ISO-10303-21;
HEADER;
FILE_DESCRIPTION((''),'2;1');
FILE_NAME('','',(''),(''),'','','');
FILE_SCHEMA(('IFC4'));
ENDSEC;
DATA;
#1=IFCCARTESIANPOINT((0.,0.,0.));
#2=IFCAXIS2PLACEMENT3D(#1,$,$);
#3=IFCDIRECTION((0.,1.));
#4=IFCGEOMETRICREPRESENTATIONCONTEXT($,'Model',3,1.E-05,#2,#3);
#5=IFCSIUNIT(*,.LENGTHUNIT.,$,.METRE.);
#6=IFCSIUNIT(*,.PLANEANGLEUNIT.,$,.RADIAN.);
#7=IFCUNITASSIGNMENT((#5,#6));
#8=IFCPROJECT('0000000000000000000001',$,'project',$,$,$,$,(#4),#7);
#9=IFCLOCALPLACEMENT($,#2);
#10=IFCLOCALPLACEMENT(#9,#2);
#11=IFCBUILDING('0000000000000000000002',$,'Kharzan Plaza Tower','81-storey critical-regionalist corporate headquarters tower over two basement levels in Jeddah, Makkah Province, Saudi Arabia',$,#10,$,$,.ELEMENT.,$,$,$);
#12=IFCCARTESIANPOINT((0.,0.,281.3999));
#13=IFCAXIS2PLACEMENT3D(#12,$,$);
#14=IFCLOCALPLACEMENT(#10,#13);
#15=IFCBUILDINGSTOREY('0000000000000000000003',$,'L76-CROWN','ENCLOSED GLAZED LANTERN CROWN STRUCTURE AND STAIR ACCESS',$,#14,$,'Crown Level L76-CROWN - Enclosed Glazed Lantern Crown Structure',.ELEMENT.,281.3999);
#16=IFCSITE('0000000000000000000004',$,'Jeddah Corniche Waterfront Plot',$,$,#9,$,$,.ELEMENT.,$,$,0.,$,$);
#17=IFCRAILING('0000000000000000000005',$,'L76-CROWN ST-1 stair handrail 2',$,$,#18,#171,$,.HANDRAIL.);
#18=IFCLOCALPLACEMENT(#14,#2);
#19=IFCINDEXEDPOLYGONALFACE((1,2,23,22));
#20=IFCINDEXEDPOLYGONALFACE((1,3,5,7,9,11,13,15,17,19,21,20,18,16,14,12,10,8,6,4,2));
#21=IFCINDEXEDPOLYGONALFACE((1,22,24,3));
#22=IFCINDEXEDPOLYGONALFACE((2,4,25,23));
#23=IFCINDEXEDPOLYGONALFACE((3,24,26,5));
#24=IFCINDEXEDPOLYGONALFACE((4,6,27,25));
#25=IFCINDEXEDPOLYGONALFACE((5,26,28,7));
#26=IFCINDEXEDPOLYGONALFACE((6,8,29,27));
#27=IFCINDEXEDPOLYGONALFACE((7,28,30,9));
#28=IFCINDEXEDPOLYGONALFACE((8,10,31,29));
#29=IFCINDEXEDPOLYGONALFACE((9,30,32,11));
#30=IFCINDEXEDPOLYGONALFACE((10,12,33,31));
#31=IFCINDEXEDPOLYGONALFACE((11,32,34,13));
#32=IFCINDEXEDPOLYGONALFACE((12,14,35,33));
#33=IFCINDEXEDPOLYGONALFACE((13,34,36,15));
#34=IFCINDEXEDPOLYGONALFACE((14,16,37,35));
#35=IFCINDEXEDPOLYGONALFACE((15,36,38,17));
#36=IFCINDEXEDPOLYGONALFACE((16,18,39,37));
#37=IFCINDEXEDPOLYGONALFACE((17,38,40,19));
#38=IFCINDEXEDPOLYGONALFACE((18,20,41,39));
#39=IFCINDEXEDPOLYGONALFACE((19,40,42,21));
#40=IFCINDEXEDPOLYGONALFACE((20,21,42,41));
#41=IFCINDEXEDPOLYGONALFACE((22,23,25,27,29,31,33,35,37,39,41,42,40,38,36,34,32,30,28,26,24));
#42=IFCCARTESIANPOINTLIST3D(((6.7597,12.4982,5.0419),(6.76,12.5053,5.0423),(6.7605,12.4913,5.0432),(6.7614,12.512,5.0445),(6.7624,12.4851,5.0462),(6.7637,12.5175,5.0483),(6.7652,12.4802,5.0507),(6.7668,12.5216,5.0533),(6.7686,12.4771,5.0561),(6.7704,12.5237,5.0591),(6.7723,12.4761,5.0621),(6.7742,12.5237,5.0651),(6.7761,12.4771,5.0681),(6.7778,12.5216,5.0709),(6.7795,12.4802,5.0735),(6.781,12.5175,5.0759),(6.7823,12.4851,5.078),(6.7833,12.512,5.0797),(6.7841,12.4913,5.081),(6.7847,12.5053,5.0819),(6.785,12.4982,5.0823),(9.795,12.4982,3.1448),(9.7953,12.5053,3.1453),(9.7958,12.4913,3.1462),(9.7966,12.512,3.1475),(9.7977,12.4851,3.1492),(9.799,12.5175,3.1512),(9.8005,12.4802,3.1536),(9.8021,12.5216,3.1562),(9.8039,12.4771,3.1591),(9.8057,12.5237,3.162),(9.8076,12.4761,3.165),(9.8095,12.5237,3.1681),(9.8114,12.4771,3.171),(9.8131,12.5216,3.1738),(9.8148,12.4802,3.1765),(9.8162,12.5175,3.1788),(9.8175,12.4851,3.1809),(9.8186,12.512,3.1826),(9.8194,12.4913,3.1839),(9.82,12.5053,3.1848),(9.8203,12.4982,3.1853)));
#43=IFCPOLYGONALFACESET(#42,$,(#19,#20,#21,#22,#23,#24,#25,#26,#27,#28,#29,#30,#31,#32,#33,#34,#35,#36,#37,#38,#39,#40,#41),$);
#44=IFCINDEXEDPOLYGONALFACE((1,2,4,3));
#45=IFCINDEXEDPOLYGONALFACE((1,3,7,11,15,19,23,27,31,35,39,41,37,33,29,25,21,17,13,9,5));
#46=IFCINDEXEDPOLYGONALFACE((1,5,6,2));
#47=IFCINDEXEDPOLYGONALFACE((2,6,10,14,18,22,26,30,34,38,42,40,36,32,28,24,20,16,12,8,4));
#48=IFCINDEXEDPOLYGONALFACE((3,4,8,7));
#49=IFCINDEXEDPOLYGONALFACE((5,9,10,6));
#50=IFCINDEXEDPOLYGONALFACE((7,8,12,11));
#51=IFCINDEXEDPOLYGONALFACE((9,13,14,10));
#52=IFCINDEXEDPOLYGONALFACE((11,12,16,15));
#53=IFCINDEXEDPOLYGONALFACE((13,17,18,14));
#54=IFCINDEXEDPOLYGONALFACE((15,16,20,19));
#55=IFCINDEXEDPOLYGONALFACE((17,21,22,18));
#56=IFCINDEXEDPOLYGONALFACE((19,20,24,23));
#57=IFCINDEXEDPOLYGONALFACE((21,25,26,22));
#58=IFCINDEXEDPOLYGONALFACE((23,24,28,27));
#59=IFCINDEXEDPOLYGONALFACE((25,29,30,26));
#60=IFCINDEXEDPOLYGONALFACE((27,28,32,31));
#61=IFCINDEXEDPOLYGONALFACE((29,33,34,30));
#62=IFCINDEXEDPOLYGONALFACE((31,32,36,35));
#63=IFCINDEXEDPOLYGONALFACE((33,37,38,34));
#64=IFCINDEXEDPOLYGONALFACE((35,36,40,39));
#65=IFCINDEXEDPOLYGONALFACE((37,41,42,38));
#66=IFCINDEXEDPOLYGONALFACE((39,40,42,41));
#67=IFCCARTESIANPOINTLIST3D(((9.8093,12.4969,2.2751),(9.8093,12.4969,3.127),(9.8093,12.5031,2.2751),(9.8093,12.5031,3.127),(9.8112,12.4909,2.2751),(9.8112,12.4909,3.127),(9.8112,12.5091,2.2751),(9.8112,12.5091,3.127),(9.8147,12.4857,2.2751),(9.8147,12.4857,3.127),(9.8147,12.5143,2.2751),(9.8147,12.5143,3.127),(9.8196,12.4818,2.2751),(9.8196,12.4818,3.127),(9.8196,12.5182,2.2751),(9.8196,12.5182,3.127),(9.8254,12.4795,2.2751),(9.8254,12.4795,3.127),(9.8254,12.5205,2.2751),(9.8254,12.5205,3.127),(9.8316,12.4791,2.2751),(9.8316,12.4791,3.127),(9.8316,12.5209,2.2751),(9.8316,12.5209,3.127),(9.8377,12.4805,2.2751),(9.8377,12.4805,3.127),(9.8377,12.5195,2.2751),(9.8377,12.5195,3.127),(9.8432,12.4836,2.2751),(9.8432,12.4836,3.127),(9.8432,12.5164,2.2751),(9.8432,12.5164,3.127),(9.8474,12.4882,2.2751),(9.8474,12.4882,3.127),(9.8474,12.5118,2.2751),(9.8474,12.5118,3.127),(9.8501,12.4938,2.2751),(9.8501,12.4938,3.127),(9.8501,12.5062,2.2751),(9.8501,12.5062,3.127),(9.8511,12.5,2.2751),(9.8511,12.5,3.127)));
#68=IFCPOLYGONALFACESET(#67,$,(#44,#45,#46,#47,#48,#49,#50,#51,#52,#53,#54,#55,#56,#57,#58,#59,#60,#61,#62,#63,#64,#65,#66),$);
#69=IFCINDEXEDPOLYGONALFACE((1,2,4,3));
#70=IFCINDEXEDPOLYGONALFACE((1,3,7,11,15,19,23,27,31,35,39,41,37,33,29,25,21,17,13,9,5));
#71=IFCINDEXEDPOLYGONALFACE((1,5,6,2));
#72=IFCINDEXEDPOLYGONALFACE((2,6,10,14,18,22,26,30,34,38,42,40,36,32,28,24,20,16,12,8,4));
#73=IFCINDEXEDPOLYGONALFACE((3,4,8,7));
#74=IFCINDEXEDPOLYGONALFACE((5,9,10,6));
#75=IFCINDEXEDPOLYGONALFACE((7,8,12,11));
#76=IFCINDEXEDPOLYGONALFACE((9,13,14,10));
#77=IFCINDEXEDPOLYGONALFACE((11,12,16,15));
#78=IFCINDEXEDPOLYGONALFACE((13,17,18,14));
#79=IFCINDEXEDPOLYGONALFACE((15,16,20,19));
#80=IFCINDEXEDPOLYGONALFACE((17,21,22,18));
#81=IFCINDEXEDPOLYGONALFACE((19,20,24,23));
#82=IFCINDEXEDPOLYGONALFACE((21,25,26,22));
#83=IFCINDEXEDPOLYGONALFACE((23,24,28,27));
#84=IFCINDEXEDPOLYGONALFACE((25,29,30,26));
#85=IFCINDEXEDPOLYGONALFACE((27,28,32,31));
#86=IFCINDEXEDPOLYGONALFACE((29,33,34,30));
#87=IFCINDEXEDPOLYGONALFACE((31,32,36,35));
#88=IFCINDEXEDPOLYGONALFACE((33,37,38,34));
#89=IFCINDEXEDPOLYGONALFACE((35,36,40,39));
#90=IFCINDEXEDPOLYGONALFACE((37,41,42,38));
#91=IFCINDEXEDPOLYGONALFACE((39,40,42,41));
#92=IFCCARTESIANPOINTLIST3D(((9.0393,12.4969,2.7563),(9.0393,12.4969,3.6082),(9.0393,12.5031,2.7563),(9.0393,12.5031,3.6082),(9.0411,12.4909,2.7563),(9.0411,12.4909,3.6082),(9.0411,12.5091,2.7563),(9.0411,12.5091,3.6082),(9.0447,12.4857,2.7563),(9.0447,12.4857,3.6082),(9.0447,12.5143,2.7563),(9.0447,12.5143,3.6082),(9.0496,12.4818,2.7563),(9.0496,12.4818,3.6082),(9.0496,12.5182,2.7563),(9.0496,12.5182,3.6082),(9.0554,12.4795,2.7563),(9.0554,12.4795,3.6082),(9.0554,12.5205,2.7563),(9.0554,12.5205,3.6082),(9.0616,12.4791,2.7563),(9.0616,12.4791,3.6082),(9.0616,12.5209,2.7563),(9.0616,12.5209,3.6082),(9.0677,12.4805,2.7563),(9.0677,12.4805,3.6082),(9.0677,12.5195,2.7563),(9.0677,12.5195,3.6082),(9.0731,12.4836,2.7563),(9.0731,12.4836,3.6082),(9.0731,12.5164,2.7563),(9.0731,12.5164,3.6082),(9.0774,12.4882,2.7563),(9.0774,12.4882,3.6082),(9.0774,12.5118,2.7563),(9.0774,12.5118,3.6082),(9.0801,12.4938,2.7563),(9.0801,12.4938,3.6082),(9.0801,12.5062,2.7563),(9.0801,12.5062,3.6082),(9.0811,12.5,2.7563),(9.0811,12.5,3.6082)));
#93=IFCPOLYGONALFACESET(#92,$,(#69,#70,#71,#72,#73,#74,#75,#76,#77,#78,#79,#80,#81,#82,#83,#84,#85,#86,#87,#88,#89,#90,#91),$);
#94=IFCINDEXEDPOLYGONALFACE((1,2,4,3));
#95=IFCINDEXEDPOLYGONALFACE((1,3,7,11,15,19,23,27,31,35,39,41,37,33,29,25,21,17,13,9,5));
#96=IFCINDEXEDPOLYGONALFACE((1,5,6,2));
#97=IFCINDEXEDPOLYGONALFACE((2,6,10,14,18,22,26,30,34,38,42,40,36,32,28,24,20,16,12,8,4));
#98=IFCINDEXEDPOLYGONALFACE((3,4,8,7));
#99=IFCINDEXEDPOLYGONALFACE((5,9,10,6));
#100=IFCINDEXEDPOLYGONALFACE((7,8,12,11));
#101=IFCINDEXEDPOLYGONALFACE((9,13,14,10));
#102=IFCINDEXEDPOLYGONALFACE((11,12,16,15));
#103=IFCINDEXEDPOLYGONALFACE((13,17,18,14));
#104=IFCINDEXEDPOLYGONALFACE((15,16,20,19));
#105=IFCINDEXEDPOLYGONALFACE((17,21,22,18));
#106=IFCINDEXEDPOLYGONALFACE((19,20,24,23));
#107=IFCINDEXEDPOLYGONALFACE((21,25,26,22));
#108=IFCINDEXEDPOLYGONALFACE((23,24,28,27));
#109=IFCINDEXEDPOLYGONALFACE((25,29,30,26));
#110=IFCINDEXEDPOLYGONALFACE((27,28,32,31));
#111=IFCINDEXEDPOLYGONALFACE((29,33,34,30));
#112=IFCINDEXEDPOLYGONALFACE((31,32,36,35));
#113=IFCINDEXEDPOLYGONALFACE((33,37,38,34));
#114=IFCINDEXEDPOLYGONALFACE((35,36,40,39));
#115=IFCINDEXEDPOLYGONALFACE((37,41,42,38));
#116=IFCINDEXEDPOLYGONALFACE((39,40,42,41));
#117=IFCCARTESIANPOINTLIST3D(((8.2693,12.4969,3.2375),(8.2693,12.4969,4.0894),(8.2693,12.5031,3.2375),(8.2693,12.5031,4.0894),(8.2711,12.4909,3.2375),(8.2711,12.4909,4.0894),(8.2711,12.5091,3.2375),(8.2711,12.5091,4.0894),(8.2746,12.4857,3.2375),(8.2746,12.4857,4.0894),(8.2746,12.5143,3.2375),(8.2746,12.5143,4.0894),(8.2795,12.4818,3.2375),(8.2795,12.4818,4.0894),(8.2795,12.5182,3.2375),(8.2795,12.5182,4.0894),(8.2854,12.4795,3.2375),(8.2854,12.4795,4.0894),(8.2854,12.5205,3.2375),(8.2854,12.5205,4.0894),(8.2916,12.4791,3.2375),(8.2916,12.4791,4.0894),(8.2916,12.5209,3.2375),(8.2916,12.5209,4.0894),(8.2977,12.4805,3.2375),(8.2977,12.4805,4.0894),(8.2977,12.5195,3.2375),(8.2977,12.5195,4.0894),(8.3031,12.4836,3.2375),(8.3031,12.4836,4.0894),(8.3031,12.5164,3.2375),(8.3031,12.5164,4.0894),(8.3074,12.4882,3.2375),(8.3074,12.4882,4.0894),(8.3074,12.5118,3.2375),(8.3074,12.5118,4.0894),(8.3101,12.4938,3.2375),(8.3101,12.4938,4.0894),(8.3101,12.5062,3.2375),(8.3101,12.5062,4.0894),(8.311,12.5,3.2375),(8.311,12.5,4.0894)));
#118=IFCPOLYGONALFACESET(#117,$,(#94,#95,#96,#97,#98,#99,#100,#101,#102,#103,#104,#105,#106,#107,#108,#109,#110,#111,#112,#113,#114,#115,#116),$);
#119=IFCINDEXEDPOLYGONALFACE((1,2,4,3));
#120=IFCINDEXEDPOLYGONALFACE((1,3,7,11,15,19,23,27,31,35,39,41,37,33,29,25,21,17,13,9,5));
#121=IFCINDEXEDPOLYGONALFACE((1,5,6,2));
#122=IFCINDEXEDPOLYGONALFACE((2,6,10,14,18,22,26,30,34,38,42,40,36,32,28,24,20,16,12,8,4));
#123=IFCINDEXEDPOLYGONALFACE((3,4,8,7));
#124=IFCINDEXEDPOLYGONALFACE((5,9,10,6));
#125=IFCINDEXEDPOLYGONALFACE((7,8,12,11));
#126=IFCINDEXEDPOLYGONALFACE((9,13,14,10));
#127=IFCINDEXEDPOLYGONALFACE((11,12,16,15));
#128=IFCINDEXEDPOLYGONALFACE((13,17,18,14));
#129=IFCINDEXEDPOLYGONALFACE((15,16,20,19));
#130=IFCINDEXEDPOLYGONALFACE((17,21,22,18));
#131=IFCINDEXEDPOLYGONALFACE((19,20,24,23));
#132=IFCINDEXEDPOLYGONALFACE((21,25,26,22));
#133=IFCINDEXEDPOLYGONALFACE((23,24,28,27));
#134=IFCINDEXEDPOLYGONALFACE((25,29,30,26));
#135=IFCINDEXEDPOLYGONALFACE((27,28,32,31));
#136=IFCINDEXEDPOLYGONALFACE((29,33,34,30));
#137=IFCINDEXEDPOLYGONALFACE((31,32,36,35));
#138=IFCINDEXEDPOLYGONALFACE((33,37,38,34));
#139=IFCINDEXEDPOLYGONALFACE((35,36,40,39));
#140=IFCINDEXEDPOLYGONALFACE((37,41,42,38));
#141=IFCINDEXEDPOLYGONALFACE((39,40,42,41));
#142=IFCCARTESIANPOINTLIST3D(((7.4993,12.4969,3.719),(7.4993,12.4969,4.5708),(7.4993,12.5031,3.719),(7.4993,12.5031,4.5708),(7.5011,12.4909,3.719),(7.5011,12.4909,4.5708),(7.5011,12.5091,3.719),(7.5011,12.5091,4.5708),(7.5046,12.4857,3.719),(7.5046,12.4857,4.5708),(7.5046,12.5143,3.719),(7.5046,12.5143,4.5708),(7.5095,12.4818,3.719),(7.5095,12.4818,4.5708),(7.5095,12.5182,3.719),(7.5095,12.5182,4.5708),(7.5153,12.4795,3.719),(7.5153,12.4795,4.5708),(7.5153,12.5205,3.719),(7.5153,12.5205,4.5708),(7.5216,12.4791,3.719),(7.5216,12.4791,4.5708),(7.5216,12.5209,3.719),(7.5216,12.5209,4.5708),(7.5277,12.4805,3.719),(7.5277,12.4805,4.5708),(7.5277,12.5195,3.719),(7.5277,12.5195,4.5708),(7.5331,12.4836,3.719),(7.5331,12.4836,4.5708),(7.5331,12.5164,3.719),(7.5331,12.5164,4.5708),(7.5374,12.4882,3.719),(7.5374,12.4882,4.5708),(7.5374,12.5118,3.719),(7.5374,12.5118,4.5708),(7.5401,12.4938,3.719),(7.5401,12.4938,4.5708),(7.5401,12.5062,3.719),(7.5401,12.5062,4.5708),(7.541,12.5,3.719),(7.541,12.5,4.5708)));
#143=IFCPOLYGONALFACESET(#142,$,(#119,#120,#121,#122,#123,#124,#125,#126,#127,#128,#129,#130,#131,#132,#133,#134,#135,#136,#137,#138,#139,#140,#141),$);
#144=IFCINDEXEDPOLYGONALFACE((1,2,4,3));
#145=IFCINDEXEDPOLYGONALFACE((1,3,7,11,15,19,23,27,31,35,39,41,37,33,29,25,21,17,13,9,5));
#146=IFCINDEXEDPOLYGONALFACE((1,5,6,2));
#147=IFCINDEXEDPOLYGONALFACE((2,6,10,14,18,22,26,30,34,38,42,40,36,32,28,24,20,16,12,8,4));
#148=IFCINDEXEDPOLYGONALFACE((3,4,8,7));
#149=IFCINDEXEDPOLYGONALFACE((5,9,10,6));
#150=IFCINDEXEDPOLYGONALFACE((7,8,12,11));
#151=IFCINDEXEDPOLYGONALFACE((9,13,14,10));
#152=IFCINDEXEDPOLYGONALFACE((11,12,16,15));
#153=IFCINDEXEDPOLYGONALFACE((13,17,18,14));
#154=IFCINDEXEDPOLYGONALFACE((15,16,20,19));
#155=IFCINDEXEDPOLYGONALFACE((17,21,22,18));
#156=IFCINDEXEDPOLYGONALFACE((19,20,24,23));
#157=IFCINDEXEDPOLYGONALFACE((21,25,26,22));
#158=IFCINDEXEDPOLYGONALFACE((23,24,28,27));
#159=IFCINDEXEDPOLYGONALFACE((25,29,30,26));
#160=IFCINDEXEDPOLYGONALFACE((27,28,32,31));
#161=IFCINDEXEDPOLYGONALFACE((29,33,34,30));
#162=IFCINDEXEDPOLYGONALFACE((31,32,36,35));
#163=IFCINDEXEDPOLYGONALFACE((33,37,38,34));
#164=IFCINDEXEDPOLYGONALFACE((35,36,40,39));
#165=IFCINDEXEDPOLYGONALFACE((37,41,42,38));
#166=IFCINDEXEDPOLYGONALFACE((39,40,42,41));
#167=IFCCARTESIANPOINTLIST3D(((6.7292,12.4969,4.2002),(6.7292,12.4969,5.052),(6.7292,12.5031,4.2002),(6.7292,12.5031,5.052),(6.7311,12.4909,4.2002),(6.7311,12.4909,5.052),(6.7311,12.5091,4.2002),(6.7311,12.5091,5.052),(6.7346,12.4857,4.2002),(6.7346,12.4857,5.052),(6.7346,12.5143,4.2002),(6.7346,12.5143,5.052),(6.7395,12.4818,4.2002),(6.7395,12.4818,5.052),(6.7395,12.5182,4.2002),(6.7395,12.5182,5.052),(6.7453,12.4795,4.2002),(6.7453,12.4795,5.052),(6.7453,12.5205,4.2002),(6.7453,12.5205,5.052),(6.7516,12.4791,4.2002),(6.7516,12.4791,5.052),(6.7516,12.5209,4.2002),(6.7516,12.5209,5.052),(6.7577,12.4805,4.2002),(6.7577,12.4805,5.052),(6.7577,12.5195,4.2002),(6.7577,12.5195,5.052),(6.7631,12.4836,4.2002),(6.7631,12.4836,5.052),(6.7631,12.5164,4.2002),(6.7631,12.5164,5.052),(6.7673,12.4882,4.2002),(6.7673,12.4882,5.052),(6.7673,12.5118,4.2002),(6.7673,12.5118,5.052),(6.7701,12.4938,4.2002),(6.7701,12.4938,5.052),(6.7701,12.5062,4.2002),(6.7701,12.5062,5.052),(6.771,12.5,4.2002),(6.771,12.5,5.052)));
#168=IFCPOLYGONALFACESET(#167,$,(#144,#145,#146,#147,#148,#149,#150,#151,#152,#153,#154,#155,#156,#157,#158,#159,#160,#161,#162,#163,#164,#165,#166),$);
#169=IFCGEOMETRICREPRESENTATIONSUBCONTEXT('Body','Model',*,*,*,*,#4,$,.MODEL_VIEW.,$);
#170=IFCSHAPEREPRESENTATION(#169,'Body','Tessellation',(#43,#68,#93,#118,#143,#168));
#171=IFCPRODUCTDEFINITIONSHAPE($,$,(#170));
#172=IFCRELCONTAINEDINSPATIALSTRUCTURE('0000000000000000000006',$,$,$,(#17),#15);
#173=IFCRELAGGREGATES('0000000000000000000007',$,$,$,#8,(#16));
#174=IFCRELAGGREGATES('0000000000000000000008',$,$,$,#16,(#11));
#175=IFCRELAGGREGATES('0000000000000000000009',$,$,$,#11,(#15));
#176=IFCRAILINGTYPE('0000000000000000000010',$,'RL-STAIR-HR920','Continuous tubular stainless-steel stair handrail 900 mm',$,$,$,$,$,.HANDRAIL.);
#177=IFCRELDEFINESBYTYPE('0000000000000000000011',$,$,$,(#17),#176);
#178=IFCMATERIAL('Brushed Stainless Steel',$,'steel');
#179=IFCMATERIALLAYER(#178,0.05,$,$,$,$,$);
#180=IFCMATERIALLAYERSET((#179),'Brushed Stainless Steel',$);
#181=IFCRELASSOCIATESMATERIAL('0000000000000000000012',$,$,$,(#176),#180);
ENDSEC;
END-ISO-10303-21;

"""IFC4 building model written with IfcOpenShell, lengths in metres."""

from ifc_helpers import new_model, si_unit, direction, frame, origin, origin_2d, place, context, subcontext, project, spatial, circle, extrude, source, transform, mapped, material, layer, layer_set, type_object, element, save


model = new_model("IFC4")

# Units and contexts
model_context = context("Model", 3, precision=1e-05, world=origin(), true_north=direction((0.0, 1.0)))
body_context = subcontext(model_context, "Body", "Model", "MODEL_VIEW")
ifc_project = project(units=[si_unit("LENGTHUNIT", "METRE"), si_unit("PLANEANGLEUNIT", "RADIAN")], contexts=[model_context])

# Site, building, storey
site_placement = place(None, origin())
site = spatial("IfcSite", under=ifc_project, at=site_placement, Name="Jeddah Corniche Waterfront Plot", CompositionType="ELEMENT", RefElevation=0.0)
building_placement = place(site_placement, origin())
building = spatial("IfcBuilding", under=site, at=building_placement, Name="Kharzan Plaza Tower", Description="81-storey critical-regionalist corporate headquarters tower over two basement levels in Jeddah, Makkah Province, Saudi Arabia", CompositionType="ELEMENT")
storey_placement = place(building_placement, frame((0.0, 0.0, 281.3999)))
storey = spatial("IfcBuildingStorey", under=building, at=storey_placement, Name="L76-CROWN", Description="ENCLOSED GLAZED LANTERN CROWN STRUCTURE AND STAIR ACCESS", LongName="Crown Level L76-CROWN - Enclosed Glazed Lantern Crown Structure", CompositionType="ELEMENT", Elevation=281.3999)

# Shared definitions
ifc_material_1 = material(Name="Brushed Stainless Steel", Category="steel")

# Railing
ifc_layer_1 = layer(ifc_material_1, 0.05)
ifc_layer_set_1 = layer_set([ifc_layer_1], Name="Brushed Stainless Steel")
railing_type_1 = type_object("IfcRailingType", Name="RL-STAIR-HR920", Description="Continuous tubular stainless-steel stair handrail 900 mm", PredefinedType="HANDRAIL", material=ifc_layer_set_1)
shared_shape_1 = source(origin(), body_context, "Body", "SweptSolid", [
    extrude(circle(Radius=0.0239, at=origin_2d()), frame((-0.0225, 0.0, 0.8899), z_axis=(-0.847998, 0.0, 0.529999), x_axis=(0.0, -1.0, 0.0)), (0.0, 0.0, 1.0), 3.5793),
    extrude(circle(Radius=0.021, at=origin_2d()), origin(), (0.0, 0.0, 1.0), 0.8518),
    extrude(circle(Radius=0.021, at=origin_2d()), frame((-0.77, 0.0, 0.4812)), (0.0, 0.0, 1.0), 0.8518),
    extrude(circle(Radius=0.021, at=origin_2d()), frame((-1.54, 0.0, 0.9624)), (0.0, 0.0, 1.0), 0.8518),
    extrude(circle(Radius=0.021, at=origin_2d()), frame((-2.3101, 0.0, 1.4438)), (0.0, 0.0, 1.0), 0.8518),
    extrude(circle(Radius=0.021, at=origin_2d()), frame((-3.0801, 0.0, 1.925)), (0.0, 0.0, 1.0), 0.8518),
])
railing_1_placement = place(storey_placement, frame((9.8301, 12.5, 2.2751)))
element("IfcRailing", 1, at=railing_1_placement, inside=storey, type_object=railing_type_1, Name="L76-CROWN ST-1 stair handrail 2", PredefinedType="HANDRAIL", context=body_context, shape_type="MappedRepresentation", body=[
    mapped(shared_shape_1, transform((0.0, 0.0, 0.0), x_axis=(1.0, 0.0, 0.0), y_axis=(0.0, 1.0, 0.0), z_axis=(0.0, 0.0, 1.0))),
])

save(model, "model.ifc")
